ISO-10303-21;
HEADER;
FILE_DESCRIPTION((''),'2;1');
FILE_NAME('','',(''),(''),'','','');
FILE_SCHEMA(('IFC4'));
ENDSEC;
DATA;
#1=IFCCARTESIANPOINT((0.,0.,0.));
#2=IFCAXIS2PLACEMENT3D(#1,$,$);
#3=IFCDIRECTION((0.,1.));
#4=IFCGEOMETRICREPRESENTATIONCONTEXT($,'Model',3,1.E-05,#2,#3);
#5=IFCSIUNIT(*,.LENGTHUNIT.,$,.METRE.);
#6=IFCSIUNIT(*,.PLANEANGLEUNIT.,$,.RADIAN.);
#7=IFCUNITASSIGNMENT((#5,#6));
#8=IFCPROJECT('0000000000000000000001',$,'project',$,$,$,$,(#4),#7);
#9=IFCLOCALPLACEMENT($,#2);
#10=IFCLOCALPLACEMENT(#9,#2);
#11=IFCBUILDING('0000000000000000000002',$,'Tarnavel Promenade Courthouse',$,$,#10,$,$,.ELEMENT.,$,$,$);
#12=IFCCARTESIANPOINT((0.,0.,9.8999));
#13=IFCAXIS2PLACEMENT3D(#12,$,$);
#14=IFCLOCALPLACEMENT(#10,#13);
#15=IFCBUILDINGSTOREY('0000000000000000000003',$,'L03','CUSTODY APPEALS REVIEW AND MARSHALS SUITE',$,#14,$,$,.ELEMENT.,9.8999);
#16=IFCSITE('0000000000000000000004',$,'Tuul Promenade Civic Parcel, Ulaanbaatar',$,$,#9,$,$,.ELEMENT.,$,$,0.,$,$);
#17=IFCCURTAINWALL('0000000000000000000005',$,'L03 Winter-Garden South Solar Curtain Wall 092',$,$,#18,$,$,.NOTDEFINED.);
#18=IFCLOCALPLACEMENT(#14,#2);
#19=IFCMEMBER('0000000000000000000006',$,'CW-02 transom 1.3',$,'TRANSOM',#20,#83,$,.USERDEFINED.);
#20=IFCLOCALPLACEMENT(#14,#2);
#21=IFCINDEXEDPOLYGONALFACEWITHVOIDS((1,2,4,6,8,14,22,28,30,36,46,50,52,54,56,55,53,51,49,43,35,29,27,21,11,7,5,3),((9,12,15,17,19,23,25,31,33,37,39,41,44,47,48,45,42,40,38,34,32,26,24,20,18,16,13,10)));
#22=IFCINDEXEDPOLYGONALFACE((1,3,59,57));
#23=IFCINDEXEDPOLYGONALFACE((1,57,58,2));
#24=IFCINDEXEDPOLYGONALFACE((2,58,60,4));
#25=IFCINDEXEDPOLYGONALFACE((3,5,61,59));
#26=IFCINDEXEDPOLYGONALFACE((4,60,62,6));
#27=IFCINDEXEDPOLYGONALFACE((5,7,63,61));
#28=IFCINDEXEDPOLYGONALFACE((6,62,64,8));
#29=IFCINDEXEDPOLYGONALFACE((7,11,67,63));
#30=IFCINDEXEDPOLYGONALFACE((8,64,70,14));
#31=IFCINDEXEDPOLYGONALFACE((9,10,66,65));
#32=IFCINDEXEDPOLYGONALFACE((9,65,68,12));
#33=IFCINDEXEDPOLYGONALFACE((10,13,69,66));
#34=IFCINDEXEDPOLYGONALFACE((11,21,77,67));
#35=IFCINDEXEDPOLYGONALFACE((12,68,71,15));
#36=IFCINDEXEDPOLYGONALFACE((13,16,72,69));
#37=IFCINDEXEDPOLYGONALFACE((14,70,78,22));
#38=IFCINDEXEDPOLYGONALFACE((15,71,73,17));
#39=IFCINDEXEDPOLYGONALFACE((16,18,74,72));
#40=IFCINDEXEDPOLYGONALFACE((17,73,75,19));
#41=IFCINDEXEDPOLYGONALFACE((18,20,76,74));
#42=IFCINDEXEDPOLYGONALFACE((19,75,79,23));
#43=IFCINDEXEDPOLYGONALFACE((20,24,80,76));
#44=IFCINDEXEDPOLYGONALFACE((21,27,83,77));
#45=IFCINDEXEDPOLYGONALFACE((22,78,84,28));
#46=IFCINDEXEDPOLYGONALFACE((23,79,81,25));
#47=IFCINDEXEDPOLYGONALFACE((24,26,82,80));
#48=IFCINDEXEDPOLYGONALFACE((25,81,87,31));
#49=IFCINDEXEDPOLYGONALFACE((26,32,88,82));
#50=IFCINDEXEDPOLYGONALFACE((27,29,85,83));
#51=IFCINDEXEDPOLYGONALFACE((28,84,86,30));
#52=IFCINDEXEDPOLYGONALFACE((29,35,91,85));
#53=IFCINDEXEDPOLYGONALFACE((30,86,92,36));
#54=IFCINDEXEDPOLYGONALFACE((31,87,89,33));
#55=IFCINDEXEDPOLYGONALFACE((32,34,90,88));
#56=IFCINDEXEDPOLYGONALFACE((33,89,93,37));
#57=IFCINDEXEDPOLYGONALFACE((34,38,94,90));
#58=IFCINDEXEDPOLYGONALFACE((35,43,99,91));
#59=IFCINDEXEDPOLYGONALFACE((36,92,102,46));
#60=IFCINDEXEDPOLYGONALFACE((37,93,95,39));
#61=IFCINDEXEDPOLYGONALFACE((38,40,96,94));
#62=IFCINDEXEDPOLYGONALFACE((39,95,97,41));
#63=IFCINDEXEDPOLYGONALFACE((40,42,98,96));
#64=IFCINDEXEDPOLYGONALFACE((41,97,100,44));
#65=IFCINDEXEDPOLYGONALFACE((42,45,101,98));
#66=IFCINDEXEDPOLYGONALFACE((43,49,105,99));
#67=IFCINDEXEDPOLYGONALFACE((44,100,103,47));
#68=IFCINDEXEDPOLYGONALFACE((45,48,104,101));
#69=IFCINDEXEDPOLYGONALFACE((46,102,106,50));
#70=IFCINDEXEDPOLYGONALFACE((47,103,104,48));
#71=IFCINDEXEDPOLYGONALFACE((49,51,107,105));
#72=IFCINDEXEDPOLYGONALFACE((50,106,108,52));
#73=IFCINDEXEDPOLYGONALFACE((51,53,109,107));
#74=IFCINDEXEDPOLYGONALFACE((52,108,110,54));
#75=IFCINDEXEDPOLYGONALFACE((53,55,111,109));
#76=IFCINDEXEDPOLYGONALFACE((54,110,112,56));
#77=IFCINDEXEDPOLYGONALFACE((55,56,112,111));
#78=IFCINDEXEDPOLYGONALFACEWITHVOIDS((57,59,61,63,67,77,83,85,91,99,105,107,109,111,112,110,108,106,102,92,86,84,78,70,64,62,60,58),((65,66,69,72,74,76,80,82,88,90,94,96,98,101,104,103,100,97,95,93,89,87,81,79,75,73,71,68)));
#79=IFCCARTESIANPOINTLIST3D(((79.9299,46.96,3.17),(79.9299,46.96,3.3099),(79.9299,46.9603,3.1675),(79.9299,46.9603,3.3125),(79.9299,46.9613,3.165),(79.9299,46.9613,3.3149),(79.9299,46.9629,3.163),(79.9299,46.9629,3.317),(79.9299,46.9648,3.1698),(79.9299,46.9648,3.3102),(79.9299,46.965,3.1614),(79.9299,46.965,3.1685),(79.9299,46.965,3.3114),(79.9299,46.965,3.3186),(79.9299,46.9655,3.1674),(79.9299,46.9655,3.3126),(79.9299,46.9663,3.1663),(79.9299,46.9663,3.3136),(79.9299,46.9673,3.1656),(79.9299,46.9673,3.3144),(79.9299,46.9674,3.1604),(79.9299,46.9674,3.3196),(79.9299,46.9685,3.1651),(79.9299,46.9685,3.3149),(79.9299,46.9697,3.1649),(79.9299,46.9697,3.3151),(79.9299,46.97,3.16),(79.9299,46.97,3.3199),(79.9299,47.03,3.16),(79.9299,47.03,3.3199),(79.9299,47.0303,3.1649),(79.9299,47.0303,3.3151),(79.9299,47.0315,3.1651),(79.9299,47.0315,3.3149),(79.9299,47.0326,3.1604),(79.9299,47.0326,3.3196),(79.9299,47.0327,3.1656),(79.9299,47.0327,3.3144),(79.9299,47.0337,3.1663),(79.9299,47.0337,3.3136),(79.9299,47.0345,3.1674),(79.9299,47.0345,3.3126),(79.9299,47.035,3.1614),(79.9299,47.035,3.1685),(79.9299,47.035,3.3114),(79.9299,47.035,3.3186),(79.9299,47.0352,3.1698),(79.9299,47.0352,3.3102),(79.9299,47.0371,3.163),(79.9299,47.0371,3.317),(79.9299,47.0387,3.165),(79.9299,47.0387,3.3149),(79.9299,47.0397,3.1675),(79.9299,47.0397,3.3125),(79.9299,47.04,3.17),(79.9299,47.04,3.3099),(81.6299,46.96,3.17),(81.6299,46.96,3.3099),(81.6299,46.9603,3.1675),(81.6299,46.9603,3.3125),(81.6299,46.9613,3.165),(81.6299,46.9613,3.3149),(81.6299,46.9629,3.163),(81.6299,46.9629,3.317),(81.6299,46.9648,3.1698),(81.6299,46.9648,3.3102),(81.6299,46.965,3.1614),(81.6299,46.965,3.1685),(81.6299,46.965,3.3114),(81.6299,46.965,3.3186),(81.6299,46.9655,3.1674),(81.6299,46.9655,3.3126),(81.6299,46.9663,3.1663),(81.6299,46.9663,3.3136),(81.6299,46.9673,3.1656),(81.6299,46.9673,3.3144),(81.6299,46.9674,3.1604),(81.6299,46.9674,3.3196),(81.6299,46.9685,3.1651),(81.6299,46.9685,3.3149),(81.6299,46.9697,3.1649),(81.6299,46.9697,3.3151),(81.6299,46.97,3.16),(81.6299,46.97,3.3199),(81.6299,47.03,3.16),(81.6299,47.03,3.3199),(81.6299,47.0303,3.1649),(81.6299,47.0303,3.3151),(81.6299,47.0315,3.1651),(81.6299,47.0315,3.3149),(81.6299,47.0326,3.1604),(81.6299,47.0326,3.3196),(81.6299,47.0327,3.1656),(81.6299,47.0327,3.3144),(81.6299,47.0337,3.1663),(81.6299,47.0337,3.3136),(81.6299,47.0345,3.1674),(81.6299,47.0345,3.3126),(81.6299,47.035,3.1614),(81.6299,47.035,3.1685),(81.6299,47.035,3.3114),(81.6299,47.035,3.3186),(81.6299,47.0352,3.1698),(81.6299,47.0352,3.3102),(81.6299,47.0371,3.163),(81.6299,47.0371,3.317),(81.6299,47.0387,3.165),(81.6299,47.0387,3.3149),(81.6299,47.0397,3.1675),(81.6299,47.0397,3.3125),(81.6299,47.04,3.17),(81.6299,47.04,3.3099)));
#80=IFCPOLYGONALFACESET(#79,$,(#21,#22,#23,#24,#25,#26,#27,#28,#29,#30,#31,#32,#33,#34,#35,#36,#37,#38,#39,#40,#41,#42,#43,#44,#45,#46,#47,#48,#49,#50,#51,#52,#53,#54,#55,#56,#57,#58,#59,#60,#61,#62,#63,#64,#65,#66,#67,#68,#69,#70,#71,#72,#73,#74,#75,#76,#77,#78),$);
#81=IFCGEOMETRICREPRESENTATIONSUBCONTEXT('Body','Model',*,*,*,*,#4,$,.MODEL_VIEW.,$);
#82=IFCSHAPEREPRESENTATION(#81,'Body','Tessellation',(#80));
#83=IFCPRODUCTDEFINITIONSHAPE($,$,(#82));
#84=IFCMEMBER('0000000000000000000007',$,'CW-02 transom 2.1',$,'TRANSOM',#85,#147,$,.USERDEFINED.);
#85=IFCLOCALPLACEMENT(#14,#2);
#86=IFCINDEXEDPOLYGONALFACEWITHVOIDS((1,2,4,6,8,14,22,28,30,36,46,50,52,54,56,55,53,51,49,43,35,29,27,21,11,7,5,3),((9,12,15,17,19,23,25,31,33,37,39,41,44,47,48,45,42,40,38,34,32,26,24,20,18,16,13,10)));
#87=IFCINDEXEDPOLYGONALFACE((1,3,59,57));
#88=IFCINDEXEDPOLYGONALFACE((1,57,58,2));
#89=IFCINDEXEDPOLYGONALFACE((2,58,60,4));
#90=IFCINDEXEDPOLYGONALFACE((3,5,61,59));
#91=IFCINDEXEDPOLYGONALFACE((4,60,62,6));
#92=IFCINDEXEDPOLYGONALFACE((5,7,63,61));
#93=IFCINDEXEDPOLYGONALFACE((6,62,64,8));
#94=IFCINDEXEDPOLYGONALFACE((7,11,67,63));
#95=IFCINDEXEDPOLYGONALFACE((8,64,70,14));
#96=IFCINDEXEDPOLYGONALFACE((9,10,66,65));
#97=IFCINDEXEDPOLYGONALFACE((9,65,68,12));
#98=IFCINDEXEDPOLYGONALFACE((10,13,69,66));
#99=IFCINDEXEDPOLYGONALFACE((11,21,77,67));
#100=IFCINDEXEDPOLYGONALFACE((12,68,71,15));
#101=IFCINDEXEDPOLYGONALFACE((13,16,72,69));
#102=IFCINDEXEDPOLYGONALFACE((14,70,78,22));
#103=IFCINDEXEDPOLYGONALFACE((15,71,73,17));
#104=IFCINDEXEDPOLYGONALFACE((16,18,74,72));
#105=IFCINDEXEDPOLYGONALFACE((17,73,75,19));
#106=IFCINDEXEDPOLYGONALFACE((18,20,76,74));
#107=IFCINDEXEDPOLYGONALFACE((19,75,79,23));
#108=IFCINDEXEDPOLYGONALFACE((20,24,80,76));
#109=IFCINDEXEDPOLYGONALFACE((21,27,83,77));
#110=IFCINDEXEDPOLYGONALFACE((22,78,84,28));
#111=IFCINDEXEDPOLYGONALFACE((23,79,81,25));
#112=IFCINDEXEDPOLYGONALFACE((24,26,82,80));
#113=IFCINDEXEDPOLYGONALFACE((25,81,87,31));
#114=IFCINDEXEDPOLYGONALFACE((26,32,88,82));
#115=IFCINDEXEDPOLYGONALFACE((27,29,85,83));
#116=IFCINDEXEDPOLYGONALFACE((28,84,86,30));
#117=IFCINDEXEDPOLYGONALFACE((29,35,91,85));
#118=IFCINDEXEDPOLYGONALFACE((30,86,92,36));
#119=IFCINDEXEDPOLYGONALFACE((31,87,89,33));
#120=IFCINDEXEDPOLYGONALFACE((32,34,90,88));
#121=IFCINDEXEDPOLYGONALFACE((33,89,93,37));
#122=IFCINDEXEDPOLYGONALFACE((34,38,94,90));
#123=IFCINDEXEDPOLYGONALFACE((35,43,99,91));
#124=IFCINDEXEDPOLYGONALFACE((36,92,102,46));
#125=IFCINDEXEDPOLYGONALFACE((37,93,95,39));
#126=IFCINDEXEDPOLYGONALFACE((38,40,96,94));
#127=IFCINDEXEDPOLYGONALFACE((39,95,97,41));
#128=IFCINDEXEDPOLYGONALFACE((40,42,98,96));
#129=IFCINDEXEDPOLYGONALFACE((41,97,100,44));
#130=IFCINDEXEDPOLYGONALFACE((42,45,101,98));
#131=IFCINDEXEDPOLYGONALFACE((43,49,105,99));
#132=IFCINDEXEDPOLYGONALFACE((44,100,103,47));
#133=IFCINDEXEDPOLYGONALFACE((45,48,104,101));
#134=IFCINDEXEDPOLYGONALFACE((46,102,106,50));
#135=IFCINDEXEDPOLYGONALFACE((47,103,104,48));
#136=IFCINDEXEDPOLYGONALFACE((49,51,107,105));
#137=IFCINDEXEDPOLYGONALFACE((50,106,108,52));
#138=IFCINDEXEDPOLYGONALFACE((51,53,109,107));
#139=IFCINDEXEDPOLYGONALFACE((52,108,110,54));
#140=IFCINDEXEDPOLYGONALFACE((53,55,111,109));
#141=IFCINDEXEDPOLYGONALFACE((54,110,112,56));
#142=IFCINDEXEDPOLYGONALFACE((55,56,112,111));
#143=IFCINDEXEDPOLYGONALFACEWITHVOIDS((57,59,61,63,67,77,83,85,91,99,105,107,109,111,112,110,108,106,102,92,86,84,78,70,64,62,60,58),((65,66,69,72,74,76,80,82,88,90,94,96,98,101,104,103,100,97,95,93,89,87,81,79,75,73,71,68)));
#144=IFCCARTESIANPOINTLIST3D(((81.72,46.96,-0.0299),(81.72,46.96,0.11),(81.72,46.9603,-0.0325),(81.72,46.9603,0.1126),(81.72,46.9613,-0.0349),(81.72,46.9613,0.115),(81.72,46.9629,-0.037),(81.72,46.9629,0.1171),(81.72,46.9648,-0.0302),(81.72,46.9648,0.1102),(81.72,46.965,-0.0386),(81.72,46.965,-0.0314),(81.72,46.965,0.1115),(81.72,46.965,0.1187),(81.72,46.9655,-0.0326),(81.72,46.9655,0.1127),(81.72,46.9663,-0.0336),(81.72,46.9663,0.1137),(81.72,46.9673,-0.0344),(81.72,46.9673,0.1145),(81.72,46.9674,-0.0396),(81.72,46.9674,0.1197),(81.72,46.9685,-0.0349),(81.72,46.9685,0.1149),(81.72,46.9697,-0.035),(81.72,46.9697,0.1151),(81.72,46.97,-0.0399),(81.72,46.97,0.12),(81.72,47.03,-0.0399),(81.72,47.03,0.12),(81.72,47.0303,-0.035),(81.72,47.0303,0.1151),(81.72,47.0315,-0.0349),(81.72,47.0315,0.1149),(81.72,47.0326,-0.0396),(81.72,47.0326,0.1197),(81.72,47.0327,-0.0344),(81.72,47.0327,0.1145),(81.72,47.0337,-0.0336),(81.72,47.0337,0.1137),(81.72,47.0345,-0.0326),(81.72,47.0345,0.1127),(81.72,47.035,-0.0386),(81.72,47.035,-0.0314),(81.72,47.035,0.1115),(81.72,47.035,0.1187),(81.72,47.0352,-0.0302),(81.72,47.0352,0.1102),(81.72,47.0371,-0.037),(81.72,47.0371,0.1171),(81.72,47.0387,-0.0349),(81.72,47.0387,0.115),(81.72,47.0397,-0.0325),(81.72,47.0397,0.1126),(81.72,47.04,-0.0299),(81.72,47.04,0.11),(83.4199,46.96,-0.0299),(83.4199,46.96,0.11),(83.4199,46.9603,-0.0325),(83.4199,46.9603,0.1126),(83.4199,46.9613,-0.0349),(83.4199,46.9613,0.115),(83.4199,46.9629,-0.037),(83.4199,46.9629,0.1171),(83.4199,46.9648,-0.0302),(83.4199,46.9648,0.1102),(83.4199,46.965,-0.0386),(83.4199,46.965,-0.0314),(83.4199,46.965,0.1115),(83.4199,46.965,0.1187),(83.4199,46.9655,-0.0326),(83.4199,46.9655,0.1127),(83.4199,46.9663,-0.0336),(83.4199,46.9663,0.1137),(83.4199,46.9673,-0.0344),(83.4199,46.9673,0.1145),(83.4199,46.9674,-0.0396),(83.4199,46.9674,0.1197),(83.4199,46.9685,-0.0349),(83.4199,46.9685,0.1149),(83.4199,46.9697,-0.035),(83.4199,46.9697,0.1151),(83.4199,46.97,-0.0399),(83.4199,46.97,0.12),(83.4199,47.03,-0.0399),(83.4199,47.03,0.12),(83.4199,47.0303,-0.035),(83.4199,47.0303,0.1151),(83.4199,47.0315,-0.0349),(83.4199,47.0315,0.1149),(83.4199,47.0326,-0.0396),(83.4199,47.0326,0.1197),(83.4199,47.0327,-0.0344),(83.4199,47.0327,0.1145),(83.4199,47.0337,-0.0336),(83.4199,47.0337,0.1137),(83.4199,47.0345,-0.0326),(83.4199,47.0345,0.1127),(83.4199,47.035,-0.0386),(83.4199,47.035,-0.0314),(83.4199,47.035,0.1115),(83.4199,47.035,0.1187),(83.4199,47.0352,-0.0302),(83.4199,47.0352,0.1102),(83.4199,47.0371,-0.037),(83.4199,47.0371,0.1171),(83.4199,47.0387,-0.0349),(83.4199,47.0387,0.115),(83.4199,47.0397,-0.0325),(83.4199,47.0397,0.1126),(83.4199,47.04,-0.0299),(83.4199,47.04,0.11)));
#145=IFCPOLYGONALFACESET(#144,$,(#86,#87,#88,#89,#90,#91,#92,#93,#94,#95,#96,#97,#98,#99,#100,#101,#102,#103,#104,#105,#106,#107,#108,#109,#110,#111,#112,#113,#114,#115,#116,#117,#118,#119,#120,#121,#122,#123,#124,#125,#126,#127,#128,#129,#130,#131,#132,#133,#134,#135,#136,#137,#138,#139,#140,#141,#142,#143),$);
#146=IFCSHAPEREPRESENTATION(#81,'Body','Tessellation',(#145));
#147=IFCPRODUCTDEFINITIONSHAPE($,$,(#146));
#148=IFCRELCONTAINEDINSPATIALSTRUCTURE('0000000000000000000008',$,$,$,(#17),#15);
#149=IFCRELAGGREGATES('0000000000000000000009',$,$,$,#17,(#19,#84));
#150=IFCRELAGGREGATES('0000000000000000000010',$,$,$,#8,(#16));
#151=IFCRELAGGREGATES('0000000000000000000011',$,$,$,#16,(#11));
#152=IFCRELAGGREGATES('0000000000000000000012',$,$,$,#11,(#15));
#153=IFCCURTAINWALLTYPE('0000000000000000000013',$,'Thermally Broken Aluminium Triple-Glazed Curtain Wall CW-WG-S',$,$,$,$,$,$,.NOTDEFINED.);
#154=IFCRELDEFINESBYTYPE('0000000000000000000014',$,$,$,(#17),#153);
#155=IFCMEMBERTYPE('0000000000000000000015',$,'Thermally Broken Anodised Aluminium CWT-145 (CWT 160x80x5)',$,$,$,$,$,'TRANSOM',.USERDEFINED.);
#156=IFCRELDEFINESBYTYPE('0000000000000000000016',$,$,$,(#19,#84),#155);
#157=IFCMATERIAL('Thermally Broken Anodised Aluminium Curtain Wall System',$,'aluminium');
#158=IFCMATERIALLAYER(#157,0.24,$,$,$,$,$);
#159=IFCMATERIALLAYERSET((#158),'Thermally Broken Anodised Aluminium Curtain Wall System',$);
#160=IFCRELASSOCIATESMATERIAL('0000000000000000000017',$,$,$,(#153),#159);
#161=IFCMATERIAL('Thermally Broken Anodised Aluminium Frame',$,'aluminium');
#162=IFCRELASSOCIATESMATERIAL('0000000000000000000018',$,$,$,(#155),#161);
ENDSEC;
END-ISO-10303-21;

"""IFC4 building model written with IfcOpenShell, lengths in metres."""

from ifc_helpers import new_model, si_unit, direction, frame, origin, origin_2d, place, context, subcontext, project, spatial, hollow_rectangle, extrude, material, layer, layer_set, material_profile, profile_set, type_object, element, aggregate, save


model = new_model("IFC4")

# Units and contexts
model_context = context("Model", 3, precision=1e-05, world=origin(), true_north=direction((0.0, 1.0)))
body_context = subcontext(model_context, "Body", "Model", "MODEL_VIEW")
ifc_project = project(units=[si_unit("LENGTHUNIT", "METRE"), si_unit("PLANEANGLEUNIT", "RADIAN")], contexts=[model_context])

# Site, building, storey
site_placement = place(None, origin())
site = spatial("IfcSite", under=ifc_project, at=site_placement, Name="Tuul Promenade Civic Parcel, Ulaanbaatar", CompositionType="ELEMENT", RefElevation=0.0)
building_placement = place(site_placement, origin())
building = spatial("IfcBuilding", under=site, at=building_placement, Name="Tarnavel Promenade Courthouse", CompositionType="ELEMENT")
storey_placement = place(building_placement, frame((0.0, 0.0, 9.8999)))
storey = spatial("IfcBuildingStorey", under=building, at=storey_placement, Name="L03", Description="CUSTODY APPEALS REVIEW AND MARSHALS SUITE", CompositionType="ELEMENT", Elevation=9.8999)

# Shared definitions
ifc_material_1 = material(Name="Thermally Broken Anodised Aluminium Curtain Wall System", Category="aluminium")
ifc_layer_1 = layer(ifc_material_1, 0.24)
ifc_layer_set_1 = layer_set([ifc_layer_1], Name="Thermally Broken Anodised Aluminium Curtain Wall System")
curtain_wall_type = type_object("IfcCurtainWallType", Name="Thermally Broken Aluminium Triple-Glazed Curtain Wall CW-WG-S", PredefinedType="NOTDEFINED", material=ifc_layer_set_1)
ifc_material_2 = material(Name="Thermally Broken Anodised Aluminium Frame", Category="aluminium")

# Curtain wall
curtain_wall_1_placement = place(storey_placement, origin())
curtain_wall_1 = element("IfcCurtainWall", 1, at=curtain_wall_1_placement, inside=storey, type_object=curtain_wall_type, Name="L03 Winter-Garden South Solar Curtain Wall 092", PredefinedType="NOTDEFINED")

# Members
ifc_material_profile_1 = material_profile(ifc_material_2, hollow_rectangle(XDim=0.0801, YDim=0.1599, WallThickness=0.0049, InnerFilletRadius=0.0049, OuterFilletRadius=0.01, at=origin_2d()), Name="CWT 160x80x5")
ifc_profile_set_1 = profile_set([ifc_material_profile_1], Name="Thermally Broken Anodised Aluminium Frame")
member_type_1 = type_object("IfcMemberType", Name="Thermally Broken Anodised Aluminium CWT-145 (CWT 160x80x5)", ElementType="TRANSOM", PredefinedType="USERDEFINED", material=ifc_profile_set_1)
member_1_placement = place(storey_placement, frame((79.9299, 47.0, 3.24), z_axis=(1.0, 0.0, 0.0), x_axis=(0.0, 1.0, 0.0)))
member_1 = element("IfcMember", 2, at=member_1_placement, type_object=member_type_1, Name="CW-02 transom 1.3", ObjectType="TRANSOM", PredefinedType="USERDEFINED", context=body_context, shape_type="SweptSolid", body=[
    extrude(hollow_rectangle(XDim=0.0801, YDim=0.1599, WallThickness=0.0049, InnerFilletRadius=0.0049, OuterFilletRadius=0.01, at=origin_2d()), origin(), (0.0, 0.0, 1.0), 1.7),
])
member_2_placement = place(storey_placement, frame((81.72, 47.0, 0.04), z_axis=(1.0, 0.0, 0.0), x_axis=(0.0, 1.0, 0.0)))
member_2 = element("IfcMember", 3, at=member_2_placement, type_object=member_type_1, Name="CW-02 transom 2.1", ObjectType="TRANSOM", PredefinedType="USERDEFINED", context=body_context, shape_type="SweptSolid", body=[
    extrude(hollow_rectangle(XDim=0.0801, YDim=0.1599, WallThickness=0.0049, InnerFilletRadius=0.0049, OuterFilletRadius=0.01, at=origin_2d()), origin(), (0.0, 0.0, 1.0), 1.7),
])

aggregate(curtain_wall_1, [member_1, member_2])

save(model, "model.ifc")
